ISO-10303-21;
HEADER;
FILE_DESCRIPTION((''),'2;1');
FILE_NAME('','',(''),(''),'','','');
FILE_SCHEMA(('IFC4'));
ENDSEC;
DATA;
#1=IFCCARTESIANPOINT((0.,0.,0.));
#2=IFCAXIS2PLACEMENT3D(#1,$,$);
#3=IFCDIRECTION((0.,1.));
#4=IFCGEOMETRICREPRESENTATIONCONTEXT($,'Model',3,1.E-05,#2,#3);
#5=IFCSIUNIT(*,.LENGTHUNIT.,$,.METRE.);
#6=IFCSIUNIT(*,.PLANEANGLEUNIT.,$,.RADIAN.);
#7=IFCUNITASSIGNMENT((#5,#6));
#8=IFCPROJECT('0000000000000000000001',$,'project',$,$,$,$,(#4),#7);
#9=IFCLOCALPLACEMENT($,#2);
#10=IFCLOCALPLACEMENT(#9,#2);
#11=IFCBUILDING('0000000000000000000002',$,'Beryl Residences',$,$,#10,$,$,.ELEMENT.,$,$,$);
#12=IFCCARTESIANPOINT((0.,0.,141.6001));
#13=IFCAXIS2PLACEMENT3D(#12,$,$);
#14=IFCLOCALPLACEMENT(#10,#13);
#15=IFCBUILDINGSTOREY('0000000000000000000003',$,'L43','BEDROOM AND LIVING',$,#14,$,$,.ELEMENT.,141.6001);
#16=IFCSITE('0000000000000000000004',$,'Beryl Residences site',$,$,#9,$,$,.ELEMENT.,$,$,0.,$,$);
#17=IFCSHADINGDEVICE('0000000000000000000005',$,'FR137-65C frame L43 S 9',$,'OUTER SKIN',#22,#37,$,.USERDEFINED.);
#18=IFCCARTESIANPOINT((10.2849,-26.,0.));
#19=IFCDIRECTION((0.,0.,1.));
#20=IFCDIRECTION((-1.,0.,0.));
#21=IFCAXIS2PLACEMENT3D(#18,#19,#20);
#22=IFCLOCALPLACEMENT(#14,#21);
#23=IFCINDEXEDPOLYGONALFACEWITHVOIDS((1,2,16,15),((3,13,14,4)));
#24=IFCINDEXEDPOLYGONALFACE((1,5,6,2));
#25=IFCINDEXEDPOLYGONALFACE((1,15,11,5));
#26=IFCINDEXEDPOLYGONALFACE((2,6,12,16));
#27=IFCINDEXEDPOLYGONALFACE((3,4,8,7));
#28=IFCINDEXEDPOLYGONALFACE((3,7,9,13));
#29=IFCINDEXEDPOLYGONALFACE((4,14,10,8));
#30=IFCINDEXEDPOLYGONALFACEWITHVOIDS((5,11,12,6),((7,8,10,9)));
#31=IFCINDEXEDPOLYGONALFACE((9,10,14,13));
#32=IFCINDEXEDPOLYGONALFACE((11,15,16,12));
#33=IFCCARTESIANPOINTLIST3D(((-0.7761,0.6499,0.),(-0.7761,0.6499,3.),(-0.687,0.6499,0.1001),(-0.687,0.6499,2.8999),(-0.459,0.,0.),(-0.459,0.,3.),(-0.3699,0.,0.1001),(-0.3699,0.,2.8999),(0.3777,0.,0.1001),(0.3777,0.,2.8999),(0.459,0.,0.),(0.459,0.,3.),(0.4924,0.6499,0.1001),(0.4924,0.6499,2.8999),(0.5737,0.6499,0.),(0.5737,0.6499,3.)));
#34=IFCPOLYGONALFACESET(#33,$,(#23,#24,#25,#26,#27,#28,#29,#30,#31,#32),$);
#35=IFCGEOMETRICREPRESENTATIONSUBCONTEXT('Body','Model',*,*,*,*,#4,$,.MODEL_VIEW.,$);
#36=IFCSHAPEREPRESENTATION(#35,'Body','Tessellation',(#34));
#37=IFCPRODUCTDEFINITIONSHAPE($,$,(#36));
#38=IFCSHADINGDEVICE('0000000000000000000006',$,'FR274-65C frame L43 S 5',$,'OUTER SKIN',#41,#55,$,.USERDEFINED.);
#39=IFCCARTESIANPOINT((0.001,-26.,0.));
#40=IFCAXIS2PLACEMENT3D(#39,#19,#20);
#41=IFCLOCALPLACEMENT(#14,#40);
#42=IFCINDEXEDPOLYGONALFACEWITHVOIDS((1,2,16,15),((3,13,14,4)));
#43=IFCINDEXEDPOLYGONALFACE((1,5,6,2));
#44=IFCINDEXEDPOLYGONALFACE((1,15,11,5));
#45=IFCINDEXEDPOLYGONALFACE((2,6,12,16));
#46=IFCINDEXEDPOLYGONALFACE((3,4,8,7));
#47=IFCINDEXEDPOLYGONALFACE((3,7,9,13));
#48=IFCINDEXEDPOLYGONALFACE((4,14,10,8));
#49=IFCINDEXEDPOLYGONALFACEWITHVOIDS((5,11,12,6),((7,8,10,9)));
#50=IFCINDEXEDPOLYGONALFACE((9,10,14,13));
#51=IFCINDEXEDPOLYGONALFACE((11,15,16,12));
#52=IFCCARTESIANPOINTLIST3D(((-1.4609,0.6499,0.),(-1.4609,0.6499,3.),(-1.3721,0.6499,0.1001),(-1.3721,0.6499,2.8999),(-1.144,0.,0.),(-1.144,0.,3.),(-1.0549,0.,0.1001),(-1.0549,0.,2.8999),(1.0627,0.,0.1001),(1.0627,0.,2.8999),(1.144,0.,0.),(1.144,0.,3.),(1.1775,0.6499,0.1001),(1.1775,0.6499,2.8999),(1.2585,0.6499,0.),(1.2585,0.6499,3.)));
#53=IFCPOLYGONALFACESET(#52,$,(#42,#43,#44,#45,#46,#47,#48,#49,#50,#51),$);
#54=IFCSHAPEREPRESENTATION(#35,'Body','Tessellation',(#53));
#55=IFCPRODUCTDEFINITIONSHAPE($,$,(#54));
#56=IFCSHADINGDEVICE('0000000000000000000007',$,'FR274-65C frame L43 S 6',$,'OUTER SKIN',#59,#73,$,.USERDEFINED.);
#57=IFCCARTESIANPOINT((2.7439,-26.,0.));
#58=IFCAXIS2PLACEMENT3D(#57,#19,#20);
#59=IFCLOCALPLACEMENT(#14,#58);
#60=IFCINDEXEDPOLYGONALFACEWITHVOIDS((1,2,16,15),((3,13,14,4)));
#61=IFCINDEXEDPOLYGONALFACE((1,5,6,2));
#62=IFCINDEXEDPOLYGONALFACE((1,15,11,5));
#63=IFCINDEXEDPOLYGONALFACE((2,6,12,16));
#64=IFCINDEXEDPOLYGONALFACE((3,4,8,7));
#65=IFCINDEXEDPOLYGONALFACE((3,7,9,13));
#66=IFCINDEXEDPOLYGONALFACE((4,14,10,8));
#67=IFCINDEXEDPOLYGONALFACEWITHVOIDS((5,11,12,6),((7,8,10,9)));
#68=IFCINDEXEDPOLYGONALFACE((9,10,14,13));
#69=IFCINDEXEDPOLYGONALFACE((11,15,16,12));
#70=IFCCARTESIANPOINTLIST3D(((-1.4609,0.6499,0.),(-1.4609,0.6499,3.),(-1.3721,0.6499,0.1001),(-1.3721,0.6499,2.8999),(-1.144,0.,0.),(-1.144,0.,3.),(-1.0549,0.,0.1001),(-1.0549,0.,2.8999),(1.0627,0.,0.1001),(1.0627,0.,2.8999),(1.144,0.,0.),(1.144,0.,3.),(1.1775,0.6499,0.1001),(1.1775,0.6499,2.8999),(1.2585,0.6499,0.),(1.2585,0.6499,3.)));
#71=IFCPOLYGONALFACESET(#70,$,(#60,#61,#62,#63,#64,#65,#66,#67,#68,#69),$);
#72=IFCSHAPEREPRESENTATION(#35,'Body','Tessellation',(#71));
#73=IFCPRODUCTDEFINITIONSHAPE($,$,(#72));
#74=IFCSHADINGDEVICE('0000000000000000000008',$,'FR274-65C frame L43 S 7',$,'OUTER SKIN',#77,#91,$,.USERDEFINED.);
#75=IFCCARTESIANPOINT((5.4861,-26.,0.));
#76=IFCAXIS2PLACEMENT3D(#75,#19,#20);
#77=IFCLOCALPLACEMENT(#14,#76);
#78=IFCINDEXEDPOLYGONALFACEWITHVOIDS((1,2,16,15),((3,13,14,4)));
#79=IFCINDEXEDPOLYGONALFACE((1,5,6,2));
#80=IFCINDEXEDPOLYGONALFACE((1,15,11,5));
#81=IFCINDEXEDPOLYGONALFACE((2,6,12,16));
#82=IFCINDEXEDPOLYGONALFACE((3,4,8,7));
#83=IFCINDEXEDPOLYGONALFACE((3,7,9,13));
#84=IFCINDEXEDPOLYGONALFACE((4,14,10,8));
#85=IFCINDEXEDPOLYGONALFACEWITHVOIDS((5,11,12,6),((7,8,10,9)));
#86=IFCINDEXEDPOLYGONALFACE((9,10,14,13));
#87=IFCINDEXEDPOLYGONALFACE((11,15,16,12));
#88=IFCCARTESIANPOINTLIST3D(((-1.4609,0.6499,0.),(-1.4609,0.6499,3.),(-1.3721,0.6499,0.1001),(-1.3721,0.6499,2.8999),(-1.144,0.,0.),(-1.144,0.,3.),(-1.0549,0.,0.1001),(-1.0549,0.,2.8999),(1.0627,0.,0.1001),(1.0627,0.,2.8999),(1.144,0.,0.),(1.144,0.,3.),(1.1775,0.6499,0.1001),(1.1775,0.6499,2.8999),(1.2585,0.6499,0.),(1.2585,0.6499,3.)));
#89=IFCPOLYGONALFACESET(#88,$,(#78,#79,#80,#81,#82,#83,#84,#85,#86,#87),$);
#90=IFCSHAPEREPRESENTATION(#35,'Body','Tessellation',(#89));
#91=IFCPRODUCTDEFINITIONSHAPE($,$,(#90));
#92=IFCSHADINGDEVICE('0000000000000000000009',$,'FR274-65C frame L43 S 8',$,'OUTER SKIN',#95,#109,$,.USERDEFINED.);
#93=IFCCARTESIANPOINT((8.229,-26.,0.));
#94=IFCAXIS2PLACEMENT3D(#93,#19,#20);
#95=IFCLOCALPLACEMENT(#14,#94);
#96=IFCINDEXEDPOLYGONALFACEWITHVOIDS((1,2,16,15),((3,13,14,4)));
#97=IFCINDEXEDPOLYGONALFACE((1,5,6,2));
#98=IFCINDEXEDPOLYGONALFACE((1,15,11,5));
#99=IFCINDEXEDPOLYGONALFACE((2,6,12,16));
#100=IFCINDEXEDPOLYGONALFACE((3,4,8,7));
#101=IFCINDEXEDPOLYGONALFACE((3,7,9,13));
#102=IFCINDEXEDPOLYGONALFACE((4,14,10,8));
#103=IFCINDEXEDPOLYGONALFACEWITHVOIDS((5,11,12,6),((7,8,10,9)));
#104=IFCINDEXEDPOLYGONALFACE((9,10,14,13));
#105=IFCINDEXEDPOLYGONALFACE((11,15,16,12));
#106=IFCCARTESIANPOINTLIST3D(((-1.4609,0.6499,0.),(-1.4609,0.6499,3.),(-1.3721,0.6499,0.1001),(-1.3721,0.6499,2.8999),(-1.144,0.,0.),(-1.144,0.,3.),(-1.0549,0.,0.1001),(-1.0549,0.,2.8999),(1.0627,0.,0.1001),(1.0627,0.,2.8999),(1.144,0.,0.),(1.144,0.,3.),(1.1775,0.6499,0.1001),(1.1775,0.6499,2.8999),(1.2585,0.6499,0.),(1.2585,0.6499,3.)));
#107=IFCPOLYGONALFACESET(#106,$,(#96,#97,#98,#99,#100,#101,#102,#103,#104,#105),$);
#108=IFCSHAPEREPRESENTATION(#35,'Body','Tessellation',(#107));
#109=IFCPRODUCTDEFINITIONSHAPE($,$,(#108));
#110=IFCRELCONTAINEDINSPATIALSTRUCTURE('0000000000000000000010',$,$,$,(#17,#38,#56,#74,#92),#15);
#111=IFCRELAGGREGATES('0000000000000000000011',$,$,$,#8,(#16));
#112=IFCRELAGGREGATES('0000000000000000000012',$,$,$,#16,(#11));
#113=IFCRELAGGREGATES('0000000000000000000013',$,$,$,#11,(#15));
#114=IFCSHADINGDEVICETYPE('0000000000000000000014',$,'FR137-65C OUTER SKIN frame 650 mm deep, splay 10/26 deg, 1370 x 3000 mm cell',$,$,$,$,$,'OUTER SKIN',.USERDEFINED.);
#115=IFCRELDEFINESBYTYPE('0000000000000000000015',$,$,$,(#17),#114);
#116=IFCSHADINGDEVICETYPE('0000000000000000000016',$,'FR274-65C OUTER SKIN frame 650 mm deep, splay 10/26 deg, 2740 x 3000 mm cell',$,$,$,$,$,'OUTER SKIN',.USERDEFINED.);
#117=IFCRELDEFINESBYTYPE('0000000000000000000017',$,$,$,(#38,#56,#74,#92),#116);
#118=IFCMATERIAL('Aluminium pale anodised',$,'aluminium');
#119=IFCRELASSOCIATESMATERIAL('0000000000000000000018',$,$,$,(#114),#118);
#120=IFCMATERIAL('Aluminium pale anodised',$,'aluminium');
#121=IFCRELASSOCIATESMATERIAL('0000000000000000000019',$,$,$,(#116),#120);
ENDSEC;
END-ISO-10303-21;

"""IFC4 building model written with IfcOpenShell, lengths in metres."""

from ifc_helpers import new_model, entity, si_unit, direction, frame, origin, place, context, subcontext, project, spatial, source, transform, mapped, material, type_object, type_shapes, element, save


model = new_model("IFC4")

# Units and contexts
model_context = context("Model", 3, precision=1e-05, world=origin(), true_north=direction((0.0, 1.0)))
body_context = subcontext(model_context, "Body", "Model", "MODEL_VIEW")
ifc_project = project(units=[si_unit("LENGTHUNIT", "METRE"), si_unit("PLANEANGLEUNIT", "RADIAN")], contexts=[model_context])

# Site, building, storey
site_placement = place(None, origin())
site = spatial("IfcSite", under=ifc_project, at=site_placement, Name="Beryl Residences site", CompositionType="ELEMENT", RefElevation=0.0)
building_placement = place(site_placement, origin())
building = spatial("IfcBuilding", under=site, at=building_placement, Name="Beryl Residences", CompositionType="ELEMENT")
storey_placement = place(building_placement, frame((0.0, 0.0, 141.6001)))
storey = spatial("IfcBuildingStorey", under=building, at=storey_placement, Name="L43", Description="BEDROOM AND LIVING", CompositionType="ELEMENT", Elevation=141.6001)

# Shading devices
ifc_material_1 = material(Name="Aluminium pale anodised", Category="aluminium")
shading_device_type_1 = type_object("IfcShadingDeviceType", Name="FR137-65C OUTER SKIN frame 650 mm deep, splay 10/26 deg, 1370 x 3000 mm cell", ElementType="OUTER SKIN", PredefinedType="USERDEFINED", material=ifc_material_1)
cartesian_point_1 = entity("IfcCartesianPoint", [-0.459, 0.0])
cartesian_point_2 = entity("IfcCartesianPoint", [-0.3777, 0.1001])
cartesian_point_3 = entity("IfcCartesianPoint", [-0.5737, 0.0])
cartesian_point_4 = entity("IfcCartesianPoint", [-0.4924, 0.1001])
shared_shape_1 = source(origin(), body_context, "Body", "SweptSolid", [
    entity("IfcExtrudedAreaSolidTapered", entity("IfcArbitraryProfileDefWithVoids", "AREA", None, entity("IfcPolyline", [cartesian_point_1, entity("IfcCartesianPoint", [0.459, 0.0]), entity("IfcCartesianPoint", [0.459, 3.0]), entity("IfcCartesianPoint", [-0.459, 3.0]), cartesian_point_1]), [entity("IfcPolyline", [cartesian_point_2, entity("IfcCartesianPoint", [0.3699, 0.1001]), entity("IfcCartesianPoint", [0.3699, 2.8999]), entity("IfcCartesianPoint", [-0.3777, 2.8999]), cartesian_point_2])]), entity("IfcAxis2Placement3D", entity("IfcCartesianPoint", [0.0, 0.0, 0.0]), entity("IfcDirection", [0.0, 1.0, 0.0]), entity("IfcDirection", [-1.0, 0.0, 0.0])), entity("IfcDirection", [0.0, 0.0, 1.0]), 0.6499, entity("IfcArbitraryProfileDefWithVoids", "AREA", None, entity("IfcPolyline", [cartesian_point_3, entity("IfcCartesianPoint", [0.7761, 0.0]), entity("IfcCartesianPoint", [0.7761, 3.0]), entity("IfcCartesianPoint", [-0.5737, 3.0]), cartesian_point_3]), [entity("IfcPolyline", [cartesian_point_4, entity("IfcCartesianPoint", [0.687, 0.1001]), entity("IfcCartesianPoint", [0.687, 2.8999]), entity("IfcCartesianPoint", [-0.4924, 2.8999]), cartesian_point_4])])),
])
type_shapes(shading_device_type_1, [shared_shape_1])
shading_device_placement = place(storey_placement, frame((10.2849, -26.0, 0.0), z_axis=(0.0, 0.0, 1.0), x_axis=(-1.0, 0.0, 0.0)))
element("IfcShadingDevice", 1, at=shading_device_placement, inside=storey, type_object=shading_device_type_1, Name="FR137-65C frame L43 S 9", ObjectType="OUTER SKIN", PredefinedType="USERDEFINED", context=body_context, shape_type="MappedRepresentation", body=[
    mapped(shared_shape_1, transform((0.0, 0.0, 0.0))),
])
ifc_material_2 = material(Name="Aluminium pale anodised", Category="aluminium")
shading_device_type_2 = type_object("IfcShadingDeviceType", Name="FR274-65C OUTER SKIN frame 650 mm deep, splay 10/26 deg, 2740 x 3000 mm cell", ElementType="OUTER SKIN", PredefinedType="USERDEFINED", material=ifc_material_2)
cartesian_point_5 = entity("IfcCartesianPoint", [-1.144, 0.0])
cartesian_point_6 = entity("IfcCartesianPoint", [-1.0627, 0.1001])
cartesian_point_7 = entity("IfcCartesianPoint", [-1.2585, 0.0])
cartesian_point_8 = entity("IfcCartesianPoint", [-1.1775, 0.1001])
shared_shape_2 = source(origin(), body_context, "Body", "SweptSolid", [
    entity("IfcExtrudedAreaSolidTapered", entity("IfcArbitraryProfileDefWithVoids", "AREA", None, entity("IfcPolyline", [cartesian_point_5, entity("IfcCartesianPoint", [1.144, 0.0]), entity("IfcCartesianPoint", [1.144, 3.0]), entity("IfcCartesianPoint", [-1.144, 3.0]), cartesian_point_5]), [entity("IfcPolyline", [cartesian_point_6, entity("IfcCartesianPoint", [1.0549, 0.1001]), entity("IfcCartesianPoint", [1.0549, 2.8999]), entity("IfcCartesianPoint", [-1.0627, 2.8999]), cartesian_point_6])]), entity("IfcAxis2Placement3D", entity("IfcCartesianPoint", [0.0, 0.0, 0.0]), entity("IfcDirection", [0.0, 1.0, 0.0]), entity("IfcDirection", [-1.0, 0.0, 0.0])), entity("IfcDirection", [0.0, 0.0, 1.0]), 0.6499, entity("IfcArbitraryProfileDefWithVoids", "AREA", None, entity("IfcPolyline", [cartesian_point_7, entity("IfcCartesianPoint", [1.4609, 0.0]), entity("IfcCartesianPoint", [1.4609, 3.0]), entity("IfcCartesianPoint", [-1.2585, 3.0]), cartesian_point_7]), [entity("IfcPolyline", [cartesian_point_8, entity("IfcCartesianPoint", [1.3721, 0.1001]), entity("IfcCartesianPoint", [1.3721, 2.8999]), entity("IfcCartesianPoint", [-1.1775, 2.8999]), cartesian_point_8])])),
])
type_shapes(shading_device_type_2, [shared_shape_2])
for number, where, z_axis, x_axis, name in (
    (2, (0.001, -26.0, 0.0), (0.0, 0.0, 1.0), (-1.0, 0.0, 0.0), "FR274-65C frame L43 S 5"),
    (3, (2.7439, -26.0, 0.0), (0.0, 0.0, 1.0), (-1.0, 0.0, 0.0), "FR274-65C frame L43 S 6"),
    (4, (5.4861, -26.0, 0.0), (0.0, 0.0, 1.0), (-1.0, 0.0, 0.0), "FR274-65C frame L43 S 7"),
    (5, (8.229, -26.0, 0.0), (0.0, 0.0, 1.0), (-1.0, 0.0, 0.0), "FR274-65C frame L43 S 8"),
):
    element("IfcShadingDevice", number, at=place(storey_placement, frame(where, z_axis=z_axis, x_axis=x_axis)), inside=storey, type_object=shading_device_type_2, Name=name, ObjectType="OUTER SKIN", PredefinedType="USERDEFINED", context=body_context, shape_type="MappedRepresentation", body=[
        mapped(shared_shape_2, transform((0.0, 0.0, 0.0))),
    ])

save(model, "model.ifc")
